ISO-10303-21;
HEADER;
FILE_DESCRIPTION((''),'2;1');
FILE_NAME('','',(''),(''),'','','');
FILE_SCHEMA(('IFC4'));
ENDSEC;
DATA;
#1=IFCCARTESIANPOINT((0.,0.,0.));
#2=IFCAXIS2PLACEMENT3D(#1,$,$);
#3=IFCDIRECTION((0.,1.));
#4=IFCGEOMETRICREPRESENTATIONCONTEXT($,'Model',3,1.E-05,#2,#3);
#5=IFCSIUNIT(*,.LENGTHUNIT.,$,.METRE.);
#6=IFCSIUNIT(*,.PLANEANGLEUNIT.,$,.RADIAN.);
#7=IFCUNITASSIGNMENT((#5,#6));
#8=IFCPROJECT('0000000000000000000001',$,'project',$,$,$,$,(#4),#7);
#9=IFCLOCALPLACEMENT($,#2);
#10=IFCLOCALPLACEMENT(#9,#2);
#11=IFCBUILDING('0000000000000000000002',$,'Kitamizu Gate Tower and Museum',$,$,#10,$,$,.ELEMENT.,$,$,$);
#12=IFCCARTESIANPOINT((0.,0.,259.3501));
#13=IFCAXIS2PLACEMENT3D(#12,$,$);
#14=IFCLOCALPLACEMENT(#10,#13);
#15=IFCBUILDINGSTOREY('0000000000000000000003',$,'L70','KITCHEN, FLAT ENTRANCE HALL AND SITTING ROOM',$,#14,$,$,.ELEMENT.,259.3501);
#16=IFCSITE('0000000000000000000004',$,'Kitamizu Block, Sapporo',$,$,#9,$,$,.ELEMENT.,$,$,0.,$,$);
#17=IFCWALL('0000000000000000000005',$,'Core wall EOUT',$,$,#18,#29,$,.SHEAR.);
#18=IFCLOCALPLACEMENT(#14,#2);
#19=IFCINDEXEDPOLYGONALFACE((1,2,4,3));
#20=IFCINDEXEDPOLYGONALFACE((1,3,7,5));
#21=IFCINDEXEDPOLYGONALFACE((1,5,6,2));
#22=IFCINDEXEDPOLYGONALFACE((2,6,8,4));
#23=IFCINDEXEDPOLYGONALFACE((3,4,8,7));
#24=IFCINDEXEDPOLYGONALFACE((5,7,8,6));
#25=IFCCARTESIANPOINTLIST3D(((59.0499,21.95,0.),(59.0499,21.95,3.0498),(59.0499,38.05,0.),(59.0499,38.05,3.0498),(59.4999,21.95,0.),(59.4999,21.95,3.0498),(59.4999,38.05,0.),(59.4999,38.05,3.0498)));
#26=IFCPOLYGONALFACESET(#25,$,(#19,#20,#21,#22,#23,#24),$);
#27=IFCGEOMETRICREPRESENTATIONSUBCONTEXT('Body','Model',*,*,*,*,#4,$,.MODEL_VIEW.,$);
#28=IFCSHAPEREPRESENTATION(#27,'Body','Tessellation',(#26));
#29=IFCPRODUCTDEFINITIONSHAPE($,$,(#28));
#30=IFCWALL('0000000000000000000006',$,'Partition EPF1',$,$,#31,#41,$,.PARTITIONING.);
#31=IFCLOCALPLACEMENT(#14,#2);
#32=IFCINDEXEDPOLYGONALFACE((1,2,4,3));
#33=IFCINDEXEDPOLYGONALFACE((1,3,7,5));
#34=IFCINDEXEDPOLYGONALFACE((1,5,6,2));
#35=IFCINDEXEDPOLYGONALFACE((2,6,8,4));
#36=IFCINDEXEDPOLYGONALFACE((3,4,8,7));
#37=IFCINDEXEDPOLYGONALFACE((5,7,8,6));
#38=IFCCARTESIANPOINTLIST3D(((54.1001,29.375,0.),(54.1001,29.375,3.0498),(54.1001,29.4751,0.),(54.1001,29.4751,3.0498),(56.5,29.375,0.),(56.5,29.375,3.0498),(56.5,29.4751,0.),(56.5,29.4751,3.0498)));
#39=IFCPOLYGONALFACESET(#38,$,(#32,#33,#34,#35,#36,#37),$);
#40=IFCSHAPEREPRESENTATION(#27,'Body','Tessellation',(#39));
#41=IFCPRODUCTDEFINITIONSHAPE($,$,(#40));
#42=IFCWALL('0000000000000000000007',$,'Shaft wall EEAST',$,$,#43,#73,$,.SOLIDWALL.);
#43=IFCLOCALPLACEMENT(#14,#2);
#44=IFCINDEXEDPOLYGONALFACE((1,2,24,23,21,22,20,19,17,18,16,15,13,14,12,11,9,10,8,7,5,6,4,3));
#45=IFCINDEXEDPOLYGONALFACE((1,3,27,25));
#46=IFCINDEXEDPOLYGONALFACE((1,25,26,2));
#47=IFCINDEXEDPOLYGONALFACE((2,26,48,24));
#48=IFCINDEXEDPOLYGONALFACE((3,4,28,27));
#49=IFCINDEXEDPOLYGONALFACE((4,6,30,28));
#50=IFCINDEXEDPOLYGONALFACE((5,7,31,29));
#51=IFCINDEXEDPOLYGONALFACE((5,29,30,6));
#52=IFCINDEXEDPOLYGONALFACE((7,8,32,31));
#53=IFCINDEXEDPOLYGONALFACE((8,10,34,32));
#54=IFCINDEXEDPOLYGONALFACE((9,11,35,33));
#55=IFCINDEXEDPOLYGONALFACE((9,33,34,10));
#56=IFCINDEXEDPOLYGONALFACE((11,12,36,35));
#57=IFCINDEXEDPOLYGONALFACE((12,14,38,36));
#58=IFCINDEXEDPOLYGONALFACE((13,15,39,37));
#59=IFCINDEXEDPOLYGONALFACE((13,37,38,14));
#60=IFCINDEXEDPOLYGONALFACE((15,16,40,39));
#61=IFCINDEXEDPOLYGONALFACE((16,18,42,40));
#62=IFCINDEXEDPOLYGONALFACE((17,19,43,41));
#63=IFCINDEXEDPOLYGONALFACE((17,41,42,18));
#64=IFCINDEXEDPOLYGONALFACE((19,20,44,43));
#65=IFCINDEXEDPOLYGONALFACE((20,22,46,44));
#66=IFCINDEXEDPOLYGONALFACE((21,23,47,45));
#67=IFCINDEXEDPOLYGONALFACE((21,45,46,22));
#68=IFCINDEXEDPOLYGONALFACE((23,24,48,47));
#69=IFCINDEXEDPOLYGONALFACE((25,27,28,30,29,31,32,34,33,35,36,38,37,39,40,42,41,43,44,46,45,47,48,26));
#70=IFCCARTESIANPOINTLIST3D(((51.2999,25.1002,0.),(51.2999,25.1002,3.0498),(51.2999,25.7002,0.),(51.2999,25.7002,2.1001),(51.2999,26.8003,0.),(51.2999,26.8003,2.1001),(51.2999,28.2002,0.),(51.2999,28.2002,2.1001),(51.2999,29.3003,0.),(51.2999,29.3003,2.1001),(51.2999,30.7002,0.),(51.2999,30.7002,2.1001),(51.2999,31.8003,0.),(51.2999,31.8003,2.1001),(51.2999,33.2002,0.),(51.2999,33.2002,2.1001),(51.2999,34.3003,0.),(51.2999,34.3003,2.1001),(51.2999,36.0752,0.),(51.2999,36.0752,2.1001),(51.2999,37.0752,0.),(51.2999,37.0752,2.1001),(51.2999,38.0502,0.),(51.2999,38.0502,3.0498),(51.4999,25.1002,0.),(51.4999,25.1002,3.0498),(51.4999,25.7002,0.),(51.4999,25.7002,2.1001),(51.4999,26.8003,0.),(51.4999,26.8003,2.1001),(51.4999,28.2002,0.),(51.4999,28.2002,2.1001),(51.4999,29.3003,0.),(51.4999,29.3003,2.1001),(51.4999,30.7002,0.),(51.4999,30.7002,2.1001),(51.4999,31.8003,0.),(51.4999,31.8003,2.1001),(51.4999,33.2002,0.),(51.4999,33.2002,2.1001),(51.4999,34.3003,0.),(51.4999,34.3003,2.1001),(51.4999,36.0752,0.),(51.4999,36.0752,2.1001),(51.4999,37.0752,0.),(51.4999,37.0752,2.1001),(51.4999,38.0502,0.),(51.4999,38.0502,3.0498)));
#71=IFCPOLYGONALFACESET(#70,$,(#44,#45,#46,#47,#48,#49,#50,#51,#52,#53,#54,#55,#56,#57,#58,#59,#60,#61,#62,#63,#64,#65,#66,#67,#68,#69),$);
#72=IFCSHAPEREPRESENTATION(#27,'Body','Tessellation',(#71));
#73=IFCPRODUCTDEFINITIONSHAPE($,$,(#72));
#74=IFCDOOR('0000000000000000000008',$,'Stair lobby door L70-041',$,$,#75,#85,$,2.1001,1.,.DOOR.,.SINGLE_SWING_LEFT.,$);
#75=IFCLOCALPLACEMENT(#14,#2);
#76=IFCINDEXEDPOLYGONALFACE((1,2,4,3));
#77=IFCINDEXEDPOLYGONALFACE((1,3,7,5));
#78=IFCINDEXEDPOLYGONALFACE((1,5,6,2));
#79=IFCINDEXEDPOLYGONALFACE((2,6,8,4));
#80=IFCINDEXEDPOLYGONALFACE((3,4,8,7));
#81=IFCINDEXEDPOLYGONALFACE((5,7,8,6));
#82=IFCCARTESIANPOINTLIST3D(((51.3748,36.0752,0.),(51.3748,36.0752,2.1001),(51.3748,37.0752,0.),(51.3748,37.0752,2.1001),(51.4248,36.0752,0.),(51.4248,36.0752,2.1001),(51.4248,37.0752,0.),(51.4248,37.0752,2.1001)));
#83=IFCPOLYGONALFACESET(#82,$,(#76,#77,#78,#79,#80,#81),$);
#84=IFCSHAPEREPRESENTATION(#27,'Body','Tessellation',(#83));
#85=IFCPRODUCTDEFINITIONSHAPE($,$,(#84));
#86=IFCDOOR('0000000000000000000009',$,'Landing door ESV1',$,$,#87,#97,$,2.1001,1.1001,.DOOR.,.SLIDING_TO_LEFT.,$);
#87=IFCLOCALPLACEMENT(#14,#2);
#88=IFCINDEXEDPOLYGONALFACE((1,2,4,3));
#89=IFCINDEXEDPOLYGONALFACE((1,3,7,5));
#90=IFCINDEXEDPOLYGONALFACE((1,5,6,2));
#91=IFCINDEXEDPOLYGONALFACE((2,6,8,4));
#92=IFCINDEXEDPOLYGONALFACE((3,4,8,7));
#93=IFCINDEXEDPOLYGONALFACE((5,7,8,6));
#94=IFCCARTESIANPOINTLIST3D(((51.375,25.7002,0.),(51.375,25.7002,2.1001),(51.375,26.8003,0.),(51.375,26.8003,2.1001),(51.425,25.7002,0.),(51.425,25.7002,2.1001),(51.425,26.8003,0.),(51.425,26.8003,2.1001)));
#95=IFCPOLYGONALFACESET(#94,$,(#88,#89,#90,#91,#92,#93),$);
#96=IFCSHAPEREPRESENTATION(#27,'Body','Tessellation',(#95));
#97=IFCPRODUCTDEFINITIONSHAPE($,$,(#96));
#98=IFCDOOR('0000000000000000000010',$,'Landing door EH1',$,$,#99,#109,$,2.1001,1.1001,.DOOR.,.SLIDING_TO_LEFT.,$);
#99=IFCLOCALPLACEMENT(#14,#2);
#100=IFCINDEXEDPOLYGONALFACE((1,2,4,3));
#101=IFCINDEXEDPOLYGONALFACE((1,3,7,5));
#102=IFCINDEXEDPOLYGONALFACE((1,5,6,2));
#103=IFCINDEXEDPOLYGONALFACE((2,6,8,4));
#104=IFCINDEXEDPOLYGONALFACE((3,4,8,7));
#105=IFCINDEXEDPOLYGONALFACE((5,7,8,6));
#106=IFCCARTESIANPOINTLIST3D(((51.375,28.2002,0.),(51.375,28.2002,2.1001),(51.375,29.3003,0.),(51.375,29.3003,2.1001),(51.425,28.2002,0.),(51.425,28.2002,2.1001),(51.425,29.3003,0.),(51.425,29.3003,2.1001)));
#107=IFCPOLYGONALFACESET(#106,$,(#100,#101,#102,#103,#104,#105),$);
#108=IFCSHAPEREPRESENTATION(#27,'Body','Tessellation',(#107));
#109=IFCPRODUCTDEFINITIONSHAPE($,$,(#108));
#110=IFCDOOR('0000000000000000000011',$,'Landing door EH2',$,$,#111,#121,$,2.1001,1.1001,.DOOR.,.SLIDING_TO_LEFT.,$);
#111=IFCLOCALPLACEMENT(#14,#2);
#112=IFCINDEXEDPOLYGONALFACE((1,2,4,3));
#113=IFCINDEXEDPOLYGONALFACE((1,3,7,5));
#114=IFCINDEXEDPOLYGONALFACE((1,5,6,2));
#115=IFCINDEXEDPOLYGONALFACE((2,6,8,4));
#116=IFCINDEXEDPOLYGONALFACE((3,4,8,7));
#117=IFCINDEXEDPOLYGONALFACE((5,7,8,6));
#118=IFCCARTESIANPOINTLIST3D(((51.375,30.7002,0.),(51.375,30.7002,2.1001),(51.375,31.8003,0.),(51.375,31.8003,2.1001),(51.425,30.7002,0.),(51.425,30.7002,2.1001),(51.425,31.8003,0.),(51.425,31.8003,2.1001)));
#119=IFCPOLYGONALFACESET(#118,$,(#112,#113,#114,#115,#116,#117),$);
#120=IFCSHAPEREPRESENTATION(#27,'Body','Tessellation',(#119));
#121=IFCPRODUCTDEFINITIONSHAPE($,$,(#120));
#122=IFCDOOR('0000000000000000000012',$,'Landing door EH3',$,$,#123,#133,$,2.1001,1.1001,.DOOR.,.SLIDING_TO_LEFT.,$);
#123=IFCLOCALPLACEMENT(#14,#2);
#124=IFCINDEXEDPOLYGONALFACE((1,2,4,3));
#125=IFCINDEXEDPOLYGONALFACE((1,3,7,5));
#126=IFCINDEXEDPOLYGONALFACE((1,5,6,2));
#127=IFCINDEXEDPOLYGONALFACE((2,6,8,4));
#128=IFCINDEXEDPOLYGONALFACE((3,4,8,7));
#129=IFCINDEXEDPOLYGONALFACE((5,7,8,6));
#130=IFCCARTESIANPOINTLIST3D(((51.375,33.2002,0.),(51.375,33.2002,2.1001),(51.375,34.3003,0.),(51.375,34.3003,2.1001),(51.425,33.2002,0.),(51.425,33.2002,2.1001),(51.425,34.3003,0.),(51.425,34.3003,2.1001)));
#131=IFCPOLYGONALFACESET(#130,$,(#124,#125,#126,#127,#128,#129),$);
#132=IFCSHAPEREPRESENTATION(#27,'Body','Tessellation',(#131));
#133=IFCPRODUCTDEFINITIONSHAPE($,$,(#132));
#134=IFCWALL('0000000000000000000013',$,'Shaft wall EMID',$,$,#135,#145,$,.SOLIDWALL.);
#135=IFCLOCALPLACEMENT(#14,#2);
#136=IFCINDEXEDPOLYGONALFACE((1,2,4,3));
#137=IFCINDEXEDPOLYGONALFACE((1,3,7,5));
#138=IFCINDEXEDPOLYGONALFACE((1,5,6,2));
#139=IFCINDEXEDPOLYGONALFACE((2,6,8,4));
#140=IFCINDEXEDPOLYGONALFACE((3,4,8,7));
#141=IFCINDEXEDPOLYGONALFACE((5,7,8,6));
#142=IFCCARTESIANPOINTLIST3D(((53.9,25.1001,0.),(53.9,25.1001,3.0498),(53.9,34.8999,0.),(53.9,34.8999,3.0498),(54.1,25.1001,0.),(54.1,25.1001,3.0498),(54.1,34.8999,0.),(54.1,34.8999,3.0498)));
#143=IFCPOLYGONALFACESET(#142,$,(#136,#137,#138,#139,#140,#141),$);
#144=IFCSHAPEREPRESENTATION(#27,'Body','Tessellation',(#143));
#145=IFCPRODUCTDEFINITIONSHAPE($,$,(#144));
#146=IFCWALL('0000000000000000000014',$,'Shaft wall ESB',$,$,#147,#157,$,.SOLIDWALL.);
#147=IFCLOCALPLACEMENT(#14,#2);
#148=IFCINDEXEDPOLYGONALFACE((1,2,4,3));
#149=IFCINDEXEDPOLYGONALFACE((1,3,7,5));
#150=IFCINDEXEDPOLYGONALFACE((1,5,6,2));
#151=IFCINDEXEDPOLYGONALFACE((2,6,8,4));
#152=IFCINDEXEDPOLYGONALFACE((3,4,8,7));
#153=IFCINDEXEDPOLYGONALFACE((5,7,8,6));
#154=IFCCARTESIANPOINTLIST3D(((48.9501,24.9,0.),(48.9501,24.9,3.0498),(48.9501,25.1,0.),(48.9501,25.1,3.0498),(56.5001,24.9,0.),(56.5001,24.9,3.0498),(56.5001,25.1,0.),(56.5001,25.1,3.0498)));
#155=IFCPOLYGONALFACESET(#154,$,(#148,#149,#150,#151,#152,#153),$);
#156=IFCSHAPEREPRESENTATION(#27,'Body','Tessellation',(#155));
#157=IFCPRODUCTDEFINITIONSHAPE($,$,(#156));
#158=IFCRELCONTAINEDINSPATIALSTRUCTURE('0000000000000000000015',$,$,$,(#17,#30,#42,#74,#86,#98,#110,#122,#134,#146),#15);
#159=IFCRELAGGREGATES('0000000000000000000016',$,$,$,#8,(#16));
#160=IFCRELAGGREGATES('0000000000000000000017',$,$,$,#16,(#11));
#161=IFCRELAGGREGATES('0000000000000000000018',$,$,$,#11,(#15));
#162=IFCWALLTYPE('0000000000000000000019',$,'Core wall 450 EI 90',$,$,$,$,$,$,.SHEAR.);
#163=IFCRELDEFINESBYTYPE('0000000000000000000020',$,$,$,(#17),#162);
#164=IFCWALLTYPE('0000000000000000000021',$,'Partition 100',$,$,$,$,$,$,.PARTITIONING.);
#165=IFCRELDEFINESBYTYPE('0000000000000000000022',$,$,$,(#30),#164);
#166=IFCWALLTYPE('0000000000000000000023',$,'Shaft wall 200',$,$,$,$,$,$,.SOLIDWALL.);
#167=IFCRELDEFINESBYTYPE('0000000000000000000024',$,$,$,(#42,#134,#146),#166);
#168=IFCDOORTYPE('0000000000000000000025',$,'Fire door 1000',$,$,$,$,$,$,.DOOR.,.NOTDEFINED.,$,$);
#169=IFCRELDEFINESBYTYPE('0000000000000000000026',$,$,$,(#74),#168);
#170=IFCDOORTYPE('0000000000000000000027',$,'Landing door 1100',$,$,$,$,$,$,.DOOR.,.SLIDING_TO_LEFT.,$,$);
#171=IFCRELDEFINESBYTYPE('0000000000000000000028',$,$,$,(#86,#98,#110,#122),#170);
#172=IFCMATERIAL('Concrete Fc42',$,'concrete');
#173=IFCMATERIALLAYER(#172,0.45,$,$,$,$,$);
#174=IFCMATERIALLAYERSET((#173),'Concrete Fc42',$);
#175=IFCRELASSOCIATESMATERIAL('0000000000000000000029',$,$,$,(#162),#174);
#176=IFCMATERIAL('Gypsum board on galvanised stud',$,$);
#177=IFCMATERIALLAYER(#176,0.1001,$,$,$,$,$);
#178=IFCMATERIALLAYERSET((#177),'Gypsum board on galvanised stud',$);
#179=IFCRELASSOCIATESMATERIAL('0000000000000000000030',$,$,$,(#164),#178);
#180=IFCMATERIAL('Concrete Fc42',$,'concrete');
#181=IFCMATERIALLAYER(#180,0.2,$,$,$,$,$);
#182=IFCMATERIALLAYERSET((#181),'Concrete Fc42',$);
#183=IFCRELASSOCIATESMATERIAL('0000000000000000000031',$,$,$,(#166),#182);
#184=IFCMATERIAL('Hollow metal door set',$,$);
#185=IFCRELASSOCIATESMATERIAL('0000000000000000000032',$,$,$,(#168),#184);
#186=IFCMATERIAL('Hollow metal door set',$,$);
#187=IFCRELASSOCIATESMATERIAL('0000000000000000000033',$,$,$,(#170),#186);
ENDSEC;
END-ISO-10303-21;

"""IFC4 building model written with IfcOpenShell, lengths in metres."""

from ifc_helpers import new_model, si_unit, direction, frame, frame_2d, origin, place, context, subcontext, project, spatial, rectangle, extrude, material, layer, layer_set, type_object, element, fill, save


model = new_model("IFC4")

# Units and contexts
model_context = context("Model", 3, precision=1e-05, world=origin(), true_north=direction((0.0, 1.0)))
body_context = subcontext(model_context, "Body", "Model", "MODEL_VIEW")
ifc_project = project(units=[si_unit("LENGTHUNIT", "METRE"), si_unit("PLANEANGLEUNIT", "RADIAN")], contexts=[model_context])

# Site, building, storey
site_placement = place(None, origin())
site = spatial("IfcSite", under=ifc_project, at=site_placement, Name="Kitamizu Block, Sapporo", CompositionType="ELEMENT", RefElevation=0.0)
building_placement = place(site_placement, origin())
building = spatial("IfcBuilding", under=site, at=building_placement, Name="Kitamizu Gate Tower and Museum", CompositionType="ELEMENT")
storey_placement = place(building_placement, frame((0.0, 0.0, 259.3501)))
storey = spatial("IfcBuildingStorey", under=building, at=storey_placement, Name="L70", Description="KITCHEN, FLAT ENTRANCE HALL AND SITTING ROOM", CompositionType="ELEMENT", Elevation=259.3501)

# Walls
ifc_material_1 = material(Name="Concrete Fc42", Category="concrete")
ifc_layer_1 = layer(ifc_material_1, 0.45)
ifc_layer_set_1 = layer_set([ifc_layer_1], Name="Concrete Fc42")
wall_type_1 = type_object("IfcWallType", Name="Core wall 450 EI 90", PredefinedType="SHEAR", material=ifc_layer_set_1)
wall_1_placement = place(storey_placement, frame((59.2749, 21.95, 0.0), z_axis=(0.0, 0.0, 1.0), x_axis=(0.0, 1.0, 0.0)))
element("IfcWall", 1, at=wall_1_placement, inside=storey, type_object=wall_type_1, Name="Core wall EOUT", PredefinedType="SHEAR", context=body_context, shape_type="SweptSolid", body=[
    extrude(rectangle(XDim=16.1001, YDim=0.45, at=frame_2d((8.05, 0.0))), origin(), (0.0, 0.0, 1.0), 3.0498),
])
ifc_material_2 = material(Name="Gypsum board on galvanised stud")
ifc_layer_2 = layer(ifc_material_2, 0.1001)
ifc_layer_set_2 = layer_set([ifc_layer_2], Name="Gypsum board on galvanised stud")
wall_type_2 = type_object("IfcWallType", Name="Partition 100", PredefinedType="PARTITIONING", material=ifc_layer_set_2)
wall_2_placement = place(storey_placement, frame((56.5, 29.425, 0.0), z_axis=(0.0, 0.0, 1.0), x_axis=(-1.0, 0.0, 0.0)))
element("IfcWall", 2, at=wall_2_placement, inside=storey, type_object=wall_type_2, Name="Partition EPF1", PredefinedType="PARTITIONING", context=body_context, shape_type="SweptSolid", body=[
    extrude(rectangle(XDim=2.3999, YDim=0.1001, at=frame_2d((1.2, 0.0))), origin(), (0.0, 0.0, 1.0), 3.0498),
])

# Wall, openings, doors
ifc_material_3 = material(Name="Concrete Fc42", Category="concrete")
ifc_layer_3 = layer(ifc_material_3, 0.2)
ifc_layer_set_3 = layer_set([ifc_layer_3], Name="Concrete Fc42")
wall_type_3 = type_object("IfcWallType", Name="Shaft wall 200", PredefinedType="SOLIDWALL", material=ifc_layer_set_3)
wall_3_placement = place(storey_placement, frame((51.3999, 25.1001, 0.0), z_axis=(0.0, 0.0, 1.0), x_axis=(0.0, 1.0, 0.0)))
wall_3 = element("IfcWall", 3, at=wall_3_placement, inside=storey, type_object=wall_type_3, Name="Shaft wall EEAST", PredefinedType="SOLIDWALL", context=body_context, shape_type="SweptSolid", body=[
    extrude(rectangle(XDim=12.95, YDim=0.2, at=frame_2d((6.4751, 0.0))), origin(), (0.0, 0.0, 1.0), 3.0498),
])
opening_1_placement = place(wall_3_placement, frame((0.6001, 0.0, 0.0)))
opening_1 = element("IfcOpeningElement", 4, at=opening_1_placement, cuts=wall_3, PredefinedType="OPENING", context=body_context, shape_type="SweptSolid", body=[
    extrude(rectangle(XDim=1.1001, YDim=2.1001, at=frame_2d((0.55, 1.05))), frame((0.0, 0.1099, 0.0), z_axis=(0.0, -1.0, 0.0), x_axis=(1.0, 0.0, 0.0)), (0.0, 0.0, 1.0), 0.22),
])
opening_2_placement = place(wall_3_placement, frame((3.1001, 0.0, 0.0)))
opening_2 = element("IfcOpeningElement", 5, at=opening_2_placement, cuts=wall_3, PredefinedType="OPENING", context=body_context, shape_type="SweptSolid", body=[
    extrude(rectangle(XDim=1.1001, YDim=2.1001, at=frame_2d((0.55, 1.05))), frame((0.0, 0.1099, 0.0), z_axis=(0.0, -1.0, 0.0), x_axis=(1.0, 0.0, 0.0)), (0.0, 0.0, 1.0), 0.22),
])
opening_3_placement = place(wall_3_placement, frame((5.6001, 0.0, 0.0)))
opening_3 = element("IfcOpeningElement", 6, at=opening_3_placement, cuts=wall_3, PredefinedType="OPENING", context=body_context, shape_type="SweptSolid", body=[
    extrude(rectangle(XDim=1.1001, YDim=2.1001, at=frame_2d((0.55, 1.05))), frame((0.0, 0.1099, 0.0), z_axis=(0.0, -1.0, 0.0), x_axis=(1.0, 0.0, 0.0)), (0.0, 0.0, 1.0), 0.22),
])
opening_4_placement = place(wall_3_placement, frame((8.1001, 0.0, 0.0)))
opening_4 = element("IfcOpeningElement", 7, at=opening_4_placement, cuts=wall_3, PredefinedType="OPENING", context=body_context, shape_type="SweptSolid", body=[
    extrude(rectangle(XDim=1.1001, YDim=2.1001, at=frame_2d((0.55, 1.05))), frame((0.0, 0.1099, 0.0), z_axis=(0.0, -1.0, 0.0), x_axis=(1.0, 0.0, 0.0)), (0.0, 0.0, 1.0), 0.22),
])
opening_5_placement = place(wall_3_placement, frame((10.9751, 0.0, 0.0)))
opening_5 = element("IfcOpeningElement", 8, at=opening_5_placement, cuts=wall_3, PredefinedType="OPENING", context=body_context, shape_type="SweptSolid", body=[
    extrude(rectangle(XDim=1.0, YDim=2.1001, at=frame_2d((0.5, 1.05))), frame((0.0, 0.1099, 0.0), z_axis=(0.0, -1.0, 0.0), x_axis=(1.0, 0.0, 0.0)), (0.0, 0.0, 1.0), 0.22),
])
ifc_material_4 = material(Name="Hollow metal door set")
door_type_1 = type_object("IfcDoorType", Name="Fire door 1000", OperationType="NOTDEFINED", PredefinedType="DOOR", material=ifc_material_4)
door_1_placement = place(opening_5_placement, frame((1.0, 0.0, 0.0), x_axis=(-1.0, 0.0, 0.0)))
door_1 = element("IfcDoor", 9, at=door_1_placement, inside=storey, type_object=door_type_1, Name="Stair lobby door L70-041", OperationType="SINGLE_SWING_LEFT", OverallHeight=2.1001, OverallWidth=1.0, PredefinedType="DOOR", context=body_context, shape_type="SweptSolid", body=[
    extrude(rectangle(XDim=1.0, YDim=2.1001, at=frame_2d((0.5, 1.05))), frame((0.0, 0.0249, 0.0), z_axis=(0.0, -1.0, 0.0), x_axis=(1.0, 0.0, 0.0)), (0.0, 0.0, 1.0), 0.05),
])
fill(opening_5, door_1)
ifc_material_5 = material(Name="Hollow metal door set")
door_type_2 = type_object("IfcDoorType", Name="Landing door 1100", OperationType="SLIDING_TO_LEFT", PredefinedType="DOOR", material=ifc_material_5)
door_2_placement = place(opening_1_placement, origin())
door_2 = element("IfcDoor", 10, at=door_2_placement, inside=storey, type_object=door_type_2, Name="Landing door ESV1", OperationType="SLIDING_TO_LEFT", OverallHeight=2.1001, OverallWidth=1.1001, PredefinedType="DOOR", context=body_context, shape_type="SweptSolid", body=[
    extrude(rectangle(XDim=1.1001, YDim=2.1001, at=frame_2d((0.55, 1.05))), frame((0.0, 0.0249, 0.0), z_axis=(0.0, -1.0, 0.0), x_axis=(1.0, 0.0, 0.0)), (0.0, 0.0, 1.0), 0.05),
])
fill(opening_1, door_2)
door_3_placement = place(opening_2_placement, origin())
door_3 = element("IfcDoor", 11, at=door_3_placement, inside=storey, type_object=door_type_2, Name="Landing door EH1", OperationType="SLIDING_TO_LEFT", OverallHeight=2.1001, OverallWidth=1.1001, PredefinedType="DOOR", context=body_context, shape_type="SweptSolid", body=[
    extrude(rectangle(XDim=1.1001, YDim=2.1001, at=frame_2d((0.55, 1.05))), frame((0.0, 0.0249, 0.0), z_axis=(0.0, -1.0, 0.0), x_axis=(1.0, 0.0, 0.0)), (0.0, 0.0, 1.0), 0.05),
])
fill(opening_2, door_3)
door_4_placement = place(opening_3_placement, origin())
door_4 = element("IfcDoor", 12, at=door_4_placement, inside=storey, type_object=door_type_2, Name="Landing door EH2", OperationType="SLIDING_TO_LEFT", OverallHeight=2.1001, OverallWidth=1.1001, PredefinedType="DOOR", context=body_context, shape_type="SweptSolid", body=[
    extrude(rectangle(XDim=1.1001, YDim=2.1001, at=frame_2d((0.55, 1.05))), frame((0.0, 0.0249, 0.0), z_axis=(0.0, -1.0, 0.0), x_axis=(1.0, 0.0, 0.0)), (0.0, 0.0, 1.0), 0.05),
])
fill(opening_3, door_4)
door_5_placement = place(opening_4_placement, origin())
door_5 = element("IfcDoor", 13, at=door_5_placement, inside=storey, type_object=door_type_2, Name="Landing door EH3", OperationType="SLIDING_TO_LEFT", OverallHeight=2.1001, OverallWidth=1.1001, PredefinedType="DOOR", context=body_context, shape_type="SweptSolid", body=[
    extrude(rectangle(XDim=1.1001, YDim=2.1001, at=frame_2d((0.55, 1.05))), frame((0.0, 0.0249, 0.0), z_axis=(0.0, -1.0, 0.0), x_axis=(1.0, 0.0, 0.0)), (0.0, 0.0, 1.0), 0.05),
])
fill(opening_4, door_5)

# Walls
wall_4_placement = place(storey_placement, frame((54.0, 25.1001, 0.0), z_axis=(0.0, 0.0, 1.0), x_axis=(0.0, 1.0, 0.0)))
element("IfcWall", 14, at=wall_4_placement, inside=storey, type_object=wall_type_3, Name="Shaft wall EMID", PredefinedType="SOLIDWALL", context=body_context, shape_type="SweptSolid", body=[
    extrude(rectangle(XDim=9.7998, YDim=0.2, at=frame_2d((4.8999, 0.0))), origin(), (0.0, 0.0, 1.0), 3.0498),
])
wall_5_placement = place(storey_placement, frame((56.5, 25.0, 0.0), z_axis=(0.0, 0.0, 1.0), x_axis=(-1.0, 0.0, 0.0)))
element("IfcWall", 15, at=wall_5_placement, inside=storey, type_object=wall_type_3, Name="Shaft wall ESB", PredefinedType="SOLIDWALL", context=body_context, shape_type="SweptSolid", body=[
    extrude(rectangle(XDim=7.55, YDim=0.2, at=frame_2d((3.7749, 0.0))), origin(), (0.0, 0.0, 1.0), 3.0498),
])

save(model, "model.ifc")
